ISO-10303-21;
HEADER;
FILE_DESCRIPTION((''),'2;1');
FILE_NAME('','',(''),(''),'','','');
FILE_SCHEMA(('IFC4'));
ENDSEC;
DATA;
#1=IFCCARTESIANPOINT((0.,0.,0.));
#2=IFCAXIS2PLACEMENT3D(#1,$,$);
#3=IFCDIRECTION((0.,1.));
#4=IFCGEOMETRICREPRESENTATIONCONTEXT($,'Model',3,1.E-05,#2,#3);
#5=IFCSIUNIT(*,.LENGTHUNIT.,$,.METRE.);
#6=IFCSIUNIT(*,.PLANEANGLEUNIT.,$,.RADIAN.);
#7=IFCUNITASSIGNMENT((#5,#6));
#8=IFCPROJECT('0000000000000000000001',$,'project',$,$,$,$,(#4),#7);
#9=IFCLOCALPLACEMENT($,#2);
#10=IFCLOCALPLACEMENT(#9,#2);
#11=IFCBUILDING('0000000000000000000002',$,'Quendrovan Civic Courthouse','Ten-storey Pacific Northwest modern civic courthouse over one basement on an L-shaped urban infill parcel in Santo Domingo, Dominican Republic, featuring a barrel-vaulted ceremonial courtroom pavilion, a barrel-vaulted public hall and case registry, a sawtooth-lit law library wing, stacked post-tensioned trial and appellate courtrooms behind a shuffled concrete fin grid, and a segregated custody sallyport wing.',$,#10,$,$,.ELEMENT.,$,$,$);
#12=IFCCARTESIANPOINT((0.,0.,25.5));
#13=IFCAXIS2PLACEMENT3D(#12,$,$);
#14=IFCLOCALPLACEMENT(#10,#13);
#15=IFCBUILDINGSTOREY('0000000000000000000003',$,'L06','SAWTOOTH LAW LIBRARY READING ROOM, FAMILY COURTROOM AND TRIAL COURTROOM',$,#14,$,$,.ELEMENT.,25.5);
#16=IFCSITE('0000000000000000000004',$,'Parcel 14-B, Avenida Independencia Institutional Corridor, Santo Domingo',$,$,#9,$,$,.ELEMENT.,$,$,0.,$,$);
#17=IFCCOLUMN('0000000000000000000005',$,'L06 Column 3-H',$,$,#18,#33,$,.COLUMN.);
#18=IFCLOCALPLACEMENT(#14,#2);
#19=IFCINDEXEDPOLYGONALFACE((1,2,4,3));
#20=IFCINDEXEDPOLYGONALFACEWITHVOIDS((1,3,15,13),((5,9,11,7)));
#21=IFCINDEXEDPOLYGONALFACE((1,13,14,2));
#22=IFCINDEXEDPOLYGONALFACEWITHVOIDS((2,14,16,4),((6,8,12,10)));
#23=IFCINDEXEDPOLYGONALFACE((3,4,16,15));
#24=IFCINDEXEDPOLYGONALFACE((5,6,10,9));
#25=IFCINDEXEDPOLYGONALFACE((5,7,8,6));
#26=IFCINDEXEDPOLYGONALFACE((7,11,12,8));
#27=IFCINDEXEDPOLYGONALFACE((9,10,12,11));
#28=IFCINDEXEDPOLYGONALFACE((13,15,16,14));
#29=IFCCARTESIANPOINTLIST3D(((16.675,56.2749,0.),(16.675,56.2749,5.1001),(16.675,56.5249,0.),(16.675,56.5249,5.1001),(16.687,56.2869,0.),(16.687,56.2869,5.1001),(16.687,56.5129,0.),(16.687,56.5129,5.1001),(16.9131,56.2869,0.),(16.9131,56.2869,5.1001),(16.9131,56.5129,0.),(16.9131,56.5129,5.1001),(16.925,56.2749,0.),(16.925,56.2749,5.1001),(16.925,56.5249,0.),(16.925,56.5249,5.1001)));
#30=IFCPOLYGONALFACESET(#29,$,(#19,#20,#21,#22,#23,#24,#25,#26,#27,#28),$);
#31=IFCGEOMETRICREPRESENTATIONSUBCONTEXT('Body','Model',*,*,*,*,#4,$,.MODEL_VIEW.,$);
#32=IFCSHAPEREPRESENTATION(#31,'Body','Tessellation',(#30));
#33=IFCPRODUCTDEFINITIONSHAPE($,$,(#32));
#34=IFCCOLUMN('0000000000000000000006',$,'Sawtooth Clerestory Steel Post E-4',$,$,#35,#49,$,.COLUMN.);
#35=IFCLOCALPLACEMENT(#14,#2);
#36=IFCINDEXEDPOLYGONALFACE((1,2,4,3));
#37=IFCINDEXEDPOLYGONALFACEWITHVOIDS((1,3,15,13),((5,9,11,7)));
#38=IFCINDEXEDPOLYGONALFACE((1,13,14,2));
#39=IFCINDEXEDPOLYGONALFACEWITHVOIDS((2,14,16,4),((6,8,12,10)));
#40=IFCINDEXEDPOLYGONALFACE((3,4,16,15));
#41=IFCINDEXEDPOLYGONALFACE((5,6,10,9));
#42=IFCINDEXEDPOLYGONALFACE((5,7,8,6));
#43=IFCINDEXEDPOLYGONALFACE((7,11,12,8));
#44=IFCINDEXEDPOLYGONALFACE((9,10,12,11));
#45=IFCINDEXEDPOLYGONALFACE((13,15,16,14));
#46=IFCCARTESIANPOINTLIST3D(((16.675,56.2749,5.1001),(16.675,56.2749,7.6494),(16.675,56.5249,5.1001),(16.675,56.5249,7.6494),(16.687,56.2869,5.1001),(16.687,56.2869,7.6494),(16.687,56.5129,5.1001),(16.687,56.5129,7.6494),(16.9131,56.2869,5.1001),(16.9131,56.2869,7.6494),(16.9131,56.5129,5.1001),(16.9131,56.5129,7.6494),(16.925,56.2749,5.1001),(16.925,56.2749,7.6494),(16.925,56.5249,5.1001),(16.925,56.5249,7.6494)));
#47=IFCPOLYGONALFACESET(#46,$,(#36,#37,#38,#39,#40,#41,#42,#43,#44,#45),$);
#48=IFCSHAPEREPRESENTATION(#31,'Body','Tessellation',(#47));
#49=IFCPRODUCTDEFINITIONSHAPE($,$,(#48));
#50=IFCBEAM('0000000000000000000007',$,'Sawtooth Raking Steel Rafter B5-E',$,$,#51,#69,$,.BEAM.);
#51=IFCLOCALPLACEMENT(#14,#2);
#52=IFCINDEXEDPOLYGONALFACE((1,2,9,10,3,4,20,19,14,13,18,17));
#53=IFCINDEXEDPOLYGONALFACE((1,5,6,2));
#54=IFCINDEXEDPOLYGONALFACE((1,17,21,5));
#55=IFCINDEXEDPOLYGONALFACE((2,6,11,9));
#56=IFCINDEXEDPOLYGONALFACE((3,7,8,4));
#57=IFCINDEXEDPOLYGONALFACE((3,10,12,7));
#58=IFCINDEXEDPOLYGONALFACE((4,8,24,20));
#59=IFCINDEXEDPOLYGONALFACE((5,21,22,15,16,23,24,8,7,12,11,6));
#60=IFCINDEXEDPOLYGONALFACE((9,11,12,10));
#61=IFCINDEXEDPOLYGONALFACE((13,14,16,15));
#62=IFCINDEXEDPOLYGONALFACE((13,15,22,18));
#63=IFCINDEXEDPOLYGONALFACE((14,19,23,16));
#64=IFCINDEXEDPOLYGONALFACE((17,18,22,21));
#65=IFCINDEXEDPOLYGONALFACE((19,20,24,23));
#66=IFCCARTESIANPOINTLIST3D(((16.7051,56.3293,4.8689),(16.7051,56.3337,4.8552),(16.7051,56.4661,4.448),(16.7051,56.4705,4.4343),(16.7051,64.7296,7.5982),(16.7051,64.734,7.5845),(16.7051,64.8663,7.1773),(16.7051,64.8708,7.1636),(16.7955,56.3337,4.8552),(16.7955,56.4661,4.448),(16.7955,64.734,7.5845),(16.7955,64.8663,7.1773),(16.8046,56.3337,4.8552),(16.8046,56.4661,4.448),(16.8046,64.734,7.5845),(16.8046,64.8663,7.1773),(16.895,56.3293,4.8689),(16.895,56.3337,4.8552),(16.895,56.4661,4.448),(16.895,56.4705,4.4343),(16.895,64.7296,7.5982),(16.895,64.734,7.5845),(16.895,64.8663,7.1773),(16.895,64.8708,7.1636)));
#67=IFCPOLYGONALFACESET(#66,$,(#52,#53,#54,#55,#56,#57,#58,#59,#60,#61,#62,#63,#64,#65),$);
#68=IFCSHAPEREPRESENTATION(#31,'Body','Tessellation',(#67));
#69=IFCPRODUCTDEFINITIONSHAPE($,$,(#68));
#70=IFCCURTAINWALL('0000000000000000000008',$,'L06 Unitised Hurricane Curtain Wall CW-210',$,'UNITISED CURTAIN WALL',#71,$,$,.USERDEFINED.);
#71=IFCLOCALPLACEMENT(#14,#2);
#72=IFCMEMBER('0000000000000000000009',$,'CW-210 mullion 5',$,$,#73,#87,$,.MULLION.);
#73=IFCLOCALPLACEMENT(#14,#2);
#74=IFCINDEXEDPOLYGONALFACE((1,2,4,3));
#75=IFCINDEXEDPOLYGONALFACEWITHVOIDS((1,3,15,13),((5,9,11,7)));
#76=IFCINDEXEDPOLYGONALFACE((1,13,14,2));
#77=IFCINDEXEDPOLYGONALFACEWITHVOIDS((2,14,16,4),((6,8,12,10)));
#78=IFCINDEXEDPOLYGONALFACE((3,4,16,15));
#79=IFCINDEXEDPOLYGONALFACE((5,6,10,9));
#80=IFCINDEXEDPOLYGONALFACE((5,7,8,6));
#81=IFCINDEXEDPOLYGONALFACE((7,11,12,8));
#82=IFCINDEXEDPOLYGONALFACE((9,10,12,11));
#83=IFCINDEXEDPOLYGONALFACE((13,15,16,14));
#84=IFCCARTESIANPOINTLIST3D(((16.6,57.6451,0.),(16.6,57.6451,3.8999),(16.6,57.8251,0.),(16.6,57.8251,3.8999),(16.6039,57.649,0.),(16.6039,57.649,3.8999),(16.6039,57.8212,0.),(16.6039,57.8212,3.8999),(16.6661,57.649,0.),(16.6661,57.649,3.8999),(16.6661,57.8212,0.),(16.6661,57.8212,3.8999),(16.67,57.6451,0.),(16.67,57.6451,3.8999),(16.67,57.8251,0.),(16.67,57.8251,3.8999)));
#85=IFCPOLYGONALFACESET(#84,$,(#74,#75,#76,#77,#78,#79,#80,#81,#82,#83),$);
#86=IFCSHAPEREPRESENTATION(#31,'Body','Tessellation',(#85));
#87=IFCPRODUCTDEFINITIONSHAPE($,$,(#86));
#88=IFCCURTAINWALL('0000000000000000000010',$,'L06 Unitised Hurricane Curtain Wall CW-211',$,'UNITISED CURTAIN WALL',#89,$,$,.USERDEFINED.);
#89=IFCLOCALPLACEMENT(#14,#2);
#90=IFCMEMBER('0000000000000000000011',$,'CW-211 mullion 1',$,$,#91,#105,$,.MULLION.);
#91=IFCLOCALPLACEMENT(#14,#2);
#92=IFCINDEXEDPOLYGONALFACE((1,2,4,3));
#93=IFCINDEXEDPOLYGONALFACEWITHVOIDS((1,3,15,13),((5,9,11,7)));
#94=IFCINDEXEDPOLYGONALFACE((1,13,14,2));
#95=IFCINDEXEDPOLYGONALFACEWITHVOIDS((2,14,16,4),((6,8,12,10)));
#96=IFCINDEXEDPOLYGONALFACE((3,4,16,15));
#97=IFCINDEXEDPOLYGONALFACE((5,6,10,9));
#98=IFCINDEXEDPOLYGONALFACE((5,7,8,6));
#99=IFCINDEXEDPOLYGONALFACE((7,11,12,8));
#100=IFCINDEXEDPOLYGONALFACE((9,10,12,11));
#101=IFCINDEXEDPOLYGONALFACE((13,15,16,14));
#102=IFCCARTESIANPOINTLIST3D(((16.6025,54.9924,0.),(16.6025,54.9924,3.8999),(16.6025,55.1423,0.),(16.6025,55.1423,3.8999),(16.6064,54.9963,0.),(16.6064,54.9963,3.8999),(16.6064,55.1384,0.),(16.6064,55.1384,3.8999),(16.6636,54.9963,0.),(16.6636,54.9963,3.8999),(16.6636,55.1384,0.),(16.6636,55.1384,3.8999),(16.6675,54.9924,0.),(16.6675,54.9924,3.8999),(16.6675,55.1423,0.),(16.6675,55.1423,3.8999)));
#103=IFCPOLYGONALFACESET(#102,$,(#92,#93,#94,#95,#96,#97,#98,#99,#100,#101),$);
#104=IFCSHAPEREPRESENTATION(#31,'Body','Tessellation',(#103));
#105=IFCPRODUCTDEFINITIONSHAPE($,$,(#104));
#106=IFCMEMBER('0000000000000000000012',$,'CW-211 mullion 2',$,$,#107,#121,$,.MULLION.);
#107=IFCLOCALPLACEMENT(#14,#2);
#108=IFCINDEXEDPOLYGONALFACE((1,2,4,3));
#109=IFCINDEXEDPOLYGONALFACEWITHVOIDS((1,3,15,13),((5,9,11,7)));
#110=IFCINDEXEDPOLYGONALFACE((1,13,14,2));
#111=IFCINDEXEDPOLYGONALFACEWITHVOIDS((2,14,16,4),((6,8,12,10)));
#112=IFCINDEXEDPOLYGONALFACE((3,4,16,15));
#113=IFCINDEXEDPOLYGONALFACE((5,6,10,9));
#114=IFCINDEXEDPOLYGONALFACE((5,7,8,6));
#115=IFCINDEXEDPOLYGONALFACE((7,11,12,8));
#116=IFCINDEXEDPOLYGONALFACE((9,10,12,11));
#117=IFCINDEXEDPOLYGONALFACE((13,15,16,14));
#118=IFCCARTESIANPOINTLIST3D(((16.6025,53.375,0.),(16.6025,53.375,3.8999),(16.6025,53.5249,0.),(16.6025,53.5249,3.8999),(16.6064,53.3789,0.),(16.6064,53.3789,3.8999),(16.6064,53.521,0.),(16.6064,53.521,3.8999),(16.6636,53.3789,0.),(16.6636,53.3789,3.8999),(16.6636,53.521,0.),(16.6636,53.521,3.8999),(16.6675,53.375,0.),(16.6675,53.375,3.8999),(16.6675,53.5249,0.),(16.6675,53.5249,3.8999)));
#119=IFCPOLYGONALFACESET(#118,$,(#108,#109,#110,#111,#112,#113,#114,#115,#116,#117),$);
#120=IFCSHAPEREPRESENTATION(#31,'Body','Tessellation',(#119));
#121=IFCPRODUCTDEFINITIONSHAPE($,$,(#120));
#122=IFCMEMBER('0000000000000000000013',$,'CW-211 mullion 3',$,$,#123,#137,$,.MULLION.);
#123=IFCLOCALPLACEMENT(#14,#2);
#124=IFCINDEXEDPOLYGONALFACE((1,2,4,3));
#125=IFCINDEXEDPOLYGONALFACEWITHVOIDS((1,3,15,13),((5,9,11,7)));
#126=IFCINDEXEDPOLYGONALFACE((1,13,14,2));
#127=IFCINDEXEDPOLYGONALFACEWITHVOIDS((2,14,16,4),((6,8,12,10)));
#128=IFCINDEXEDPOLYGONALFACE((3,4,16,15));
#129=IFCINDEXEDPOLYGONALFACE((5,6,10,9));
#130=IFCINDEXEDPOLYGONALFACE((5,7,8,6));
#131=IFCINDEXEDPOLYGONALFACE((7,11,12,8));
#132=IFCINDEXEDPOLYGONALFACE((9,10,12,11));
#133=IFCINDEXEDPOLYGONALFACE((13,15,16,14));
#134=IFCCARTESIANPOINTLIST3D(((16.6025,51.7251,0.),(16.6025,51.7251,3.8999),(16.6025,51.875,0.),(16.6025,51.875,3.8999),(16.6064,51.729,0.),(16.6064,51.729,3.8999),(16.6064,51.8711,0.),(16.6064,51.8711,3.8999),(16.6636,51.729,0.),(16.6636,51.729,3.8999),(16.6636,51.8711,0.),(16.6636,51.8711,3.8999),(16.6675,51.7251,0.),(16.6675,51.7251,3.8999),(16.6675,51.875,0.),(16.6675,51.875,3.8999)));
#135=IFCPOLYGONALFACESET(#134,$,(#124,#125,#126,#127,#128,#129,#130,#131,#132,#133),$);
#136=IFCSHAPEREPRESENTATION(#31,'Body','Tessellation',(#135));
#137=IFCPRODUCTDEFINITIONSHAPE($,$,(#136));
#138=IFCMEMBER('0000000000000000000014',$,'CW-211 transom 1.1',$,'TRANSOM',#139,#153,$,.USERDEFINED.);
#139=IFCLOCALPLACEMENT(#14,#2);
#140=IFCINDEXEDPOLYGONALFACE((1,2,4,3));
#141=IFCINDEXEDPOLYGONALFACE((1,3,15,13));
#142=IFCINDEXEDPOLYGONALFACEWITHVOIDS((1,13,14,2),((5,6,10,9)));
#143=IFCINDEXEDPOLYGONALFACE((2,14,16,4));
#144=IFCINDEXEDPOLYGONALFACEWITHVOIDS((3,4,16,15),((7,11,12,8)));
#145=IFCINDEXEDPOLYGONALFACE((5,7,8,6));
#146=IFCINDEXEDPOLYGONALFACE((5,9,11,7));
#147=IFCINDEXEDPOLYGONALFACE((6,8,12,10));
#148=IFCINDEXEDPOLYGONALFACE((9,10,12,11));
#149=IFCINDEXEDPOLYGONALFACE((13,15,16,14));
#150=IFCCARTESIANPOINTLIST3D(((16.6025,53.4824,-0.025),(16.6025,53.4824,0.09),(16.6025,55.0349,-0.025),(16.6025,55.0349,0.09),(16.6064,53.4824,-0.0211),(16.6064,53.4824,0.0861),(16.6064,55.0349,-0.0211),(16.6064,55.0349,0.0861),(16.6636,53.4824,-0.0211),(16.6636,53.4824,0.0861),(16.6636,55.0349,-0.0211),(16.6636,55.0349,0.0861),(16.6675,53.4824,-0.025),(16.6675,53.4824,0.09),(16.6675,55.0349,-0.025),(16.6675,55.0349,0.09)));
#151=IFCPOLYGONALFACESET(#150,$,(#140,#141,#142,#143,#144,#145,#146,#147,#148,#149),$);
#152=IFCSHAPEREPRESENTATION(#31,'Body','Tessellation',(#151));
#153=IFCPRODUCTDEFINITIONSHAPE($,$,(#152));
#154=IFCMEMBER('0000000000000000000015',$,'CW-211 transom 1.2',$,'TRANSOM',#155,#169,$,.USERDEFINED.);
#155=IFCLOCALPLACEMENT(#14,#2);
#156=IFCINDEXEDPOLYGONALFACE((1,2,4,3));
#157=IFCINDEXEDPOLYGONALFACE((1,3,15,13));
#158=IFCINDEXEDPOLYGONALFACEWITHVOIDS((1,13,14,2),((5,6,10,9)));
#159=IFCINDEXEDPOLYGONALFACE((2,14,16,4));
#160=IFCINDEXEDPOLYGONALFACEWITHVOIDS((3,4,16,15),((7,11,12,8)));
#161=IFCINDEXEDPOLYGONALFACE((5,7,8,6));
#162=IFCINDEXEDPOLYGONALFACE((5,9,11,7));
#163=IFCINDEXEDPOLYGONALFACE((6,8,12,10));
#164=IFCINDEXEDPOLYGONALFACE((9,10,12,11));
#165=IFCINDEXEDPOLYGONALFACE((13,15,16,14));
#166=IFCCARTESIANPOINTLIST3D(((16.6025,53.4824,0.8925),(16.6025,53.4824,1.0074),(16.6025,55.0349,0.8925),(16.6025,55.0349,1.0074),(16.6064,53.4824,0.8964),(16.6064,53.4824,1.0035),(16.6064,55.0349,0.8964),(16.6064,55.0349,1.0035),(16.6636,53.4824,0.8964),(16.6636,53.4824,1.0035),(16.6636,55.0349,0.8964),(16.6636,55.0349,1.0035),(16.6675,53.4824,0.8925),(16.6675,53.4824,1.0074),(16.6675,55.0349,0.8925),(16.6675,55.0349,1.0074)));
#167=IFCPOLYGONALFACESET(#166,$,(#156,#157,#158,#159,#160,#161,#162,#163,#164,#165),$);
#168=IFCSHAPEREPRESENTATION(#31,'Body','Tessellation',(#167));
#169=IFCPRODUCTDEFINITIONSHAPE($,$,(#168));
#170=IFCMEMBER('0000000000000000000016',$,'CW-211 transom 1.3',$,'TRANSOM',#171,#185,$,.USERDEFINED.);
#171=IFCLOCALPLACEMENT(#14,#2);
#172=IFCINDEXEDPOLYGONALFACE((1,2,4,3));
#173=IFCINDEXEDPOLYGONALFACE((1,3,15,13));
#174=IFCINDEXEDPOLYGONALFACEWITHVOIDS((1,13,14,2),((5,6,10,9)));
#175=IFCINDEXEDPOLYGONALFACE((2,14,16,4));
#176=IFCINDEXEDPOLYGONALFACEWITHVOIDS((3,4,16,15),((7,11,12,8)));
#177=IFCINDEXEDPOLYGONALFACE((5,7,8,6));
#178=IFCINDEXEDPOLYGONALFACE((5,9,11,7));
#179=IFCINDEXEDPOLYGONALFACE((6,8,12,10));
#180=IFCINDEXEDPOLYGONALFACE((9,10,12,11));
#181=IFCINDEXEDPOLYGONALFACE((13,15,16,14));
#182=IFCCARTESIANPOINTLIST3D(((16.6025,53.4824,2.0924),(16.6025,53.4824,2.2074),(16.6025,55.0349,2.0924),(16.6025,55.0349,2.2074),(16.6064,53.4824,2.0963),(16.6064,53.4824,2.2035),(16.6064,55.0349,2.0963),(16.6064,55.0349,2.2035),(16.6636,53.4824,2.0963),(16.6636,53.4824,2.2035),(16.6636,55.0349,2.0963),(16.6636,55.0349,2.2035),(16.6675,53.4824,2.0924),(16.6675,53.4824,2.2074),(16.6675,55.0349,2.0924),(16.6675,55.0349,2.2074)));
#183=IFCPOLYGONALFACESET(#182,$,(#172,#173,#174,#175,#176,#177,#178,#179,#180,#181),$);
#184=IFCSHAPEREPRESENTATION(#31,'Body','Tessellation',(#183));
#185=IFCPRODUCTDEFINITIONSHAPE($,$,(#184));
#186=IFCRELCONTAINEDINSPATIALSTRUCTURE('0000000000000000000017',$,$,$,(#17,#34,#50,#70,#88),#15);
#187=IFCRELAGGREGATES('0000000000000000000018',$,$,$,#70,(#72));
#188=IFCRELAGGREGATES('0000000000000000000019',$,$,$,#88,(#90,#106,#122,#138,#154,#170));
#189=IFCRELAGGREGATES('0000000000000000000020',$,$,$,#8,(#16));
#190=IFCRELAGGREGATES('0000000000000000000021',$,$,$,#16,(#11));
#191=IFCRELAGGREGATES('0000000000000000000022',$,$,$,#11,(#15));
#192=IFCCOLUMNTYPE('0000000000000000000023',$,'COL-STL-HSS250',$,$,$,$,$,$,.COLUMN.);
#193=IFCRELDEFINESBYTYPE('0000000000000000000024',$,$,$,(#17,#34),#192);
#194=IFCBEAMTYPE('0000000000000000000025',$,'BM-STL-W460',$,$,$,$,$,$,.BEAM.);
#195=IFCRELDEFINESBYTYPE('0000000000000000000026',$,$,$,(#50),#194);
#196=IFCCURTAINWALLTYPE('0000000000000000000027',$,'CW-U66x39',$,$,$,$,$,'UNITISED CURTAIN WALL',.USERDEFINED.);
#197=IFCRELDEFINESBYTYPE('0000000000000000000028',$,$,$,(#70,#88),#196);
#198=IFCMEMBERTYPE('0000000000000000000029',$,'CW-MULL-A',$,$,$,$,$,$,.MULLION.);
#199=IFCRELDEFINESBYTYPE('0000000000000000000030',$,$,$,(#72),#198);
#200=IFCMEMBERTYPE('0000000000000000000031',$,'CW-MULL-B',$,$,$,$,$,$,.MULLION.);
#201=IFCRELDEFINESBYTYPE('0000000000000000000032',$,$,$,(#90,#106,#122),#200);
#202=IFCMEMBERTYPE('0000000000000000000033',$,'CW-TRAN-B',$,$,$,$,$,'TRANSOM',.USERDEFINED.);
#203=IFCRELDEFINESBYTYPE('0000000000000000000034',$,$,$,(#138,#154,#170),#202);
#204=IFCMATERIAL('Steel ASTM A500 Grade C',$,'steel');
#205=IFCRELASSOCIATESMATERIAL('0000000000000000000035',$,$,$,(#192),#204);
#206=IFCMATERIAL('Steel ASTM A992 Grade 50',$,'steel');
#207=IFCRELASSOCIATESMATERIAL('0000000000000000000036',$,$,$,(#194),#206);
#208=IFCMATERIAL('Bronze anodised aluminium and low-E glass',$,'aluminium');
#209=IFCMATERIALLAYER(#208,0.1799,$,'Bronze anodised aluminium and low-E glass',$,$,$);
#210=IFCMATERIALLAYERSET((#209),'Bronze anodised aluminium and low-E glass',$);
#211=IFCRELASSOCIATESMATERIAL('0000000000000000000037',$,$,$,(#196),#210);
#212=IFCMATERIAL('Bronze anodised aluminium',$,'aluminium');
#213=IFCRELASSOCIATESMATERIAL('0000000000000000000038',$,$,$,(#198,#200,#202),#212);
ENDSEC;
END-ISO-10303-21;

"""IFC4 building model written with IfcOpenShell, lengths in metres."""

from ifc_helpers import new_model, si_unit, direction, frame, origin, origin_2d, place, context, subcontext, project, spatial, hollow_rectangle, i_section, extrude, material, layer, layer_set, material_profile, profile_set, type_object, element, aggregate, save


model = new_model("IFC4")

# Units and contexts
model_context = context("Model", 3, precision=1e-05, world=origin(), true_north=direction((0.0, 1.0)))
body_context = subcontext(model_context, "Body", "Model", "MODEL_VIEW")
ifc_project = project(units=[si_unit("LENGTHUNIT", "METRE"), si_unit("PLANEANGLEUNIT", "RADIAN")], contexts=[model_context])

# Site, building, storey
site_placement = place(None, origin())
site = spatial("IfcSite", under=ifc_project, at=site_placement, Name="Parcel 14-B, Avenida Independencia Institutional Corridor, Santo Domingo", CompositionType="ELEMENT", RefElevation=0.0)
building_placement = place(site_placement, origin())
building = spatial("IfcBuilding", under=site, at=building_placement, Name="Quendrovan Civic Courthouse", Description="Ten-storey Pacific Northwest modern civic courthouse over one basement on an L-shaped urban infill parcel in Santo Domingo, Dominican Republic, featuring a barrel-vaulted ceremonial courtroom pavilion, a barrel-vaulted public hall and case registry, a sawtooth-lit law library wing, stacked post-tensioned trial and appellate courtrooms behind a shuffled concrete fin grid, and a segregated custody sallyport wing.", CompositionType="ELEMENT")
storey_placement = place(building_placement, frame((0.0, 0.0, 25.5)))
storey = spatial("IfcBuildingStorey", under=building, at=storey_placement, Name="L06", Description="SAWTOOTH LAW LIBRARY READING ROOM, FAMILY COURTROOM AND TRIAL COURTROOM", CompositionType="ELEMENT", Elevation=25.5)

# Columns
ifc_material_1 = material(Name="Steel ASTM A500 Grade C", Category="steel")
ifc_material_profile_1 = material_profile(ifc_material_1, hollow_rectangle(XDim=0.25, YDim=0.25, WallThickness=0.012, at=origin_2d()), Name="HSS250x250x12")
ifc_profile_set_1 = profile_set([ifc_material_profile_1], Name="Steel ASTM A500 Grade C")
column_type = type_object("IfcColumnType", Name="COL-STL-HSS250", PredefinedType="COLUMN", material=ifc_profile_set_1)
column_1_placement = place(storey_placement, frame((16.8, 56.3999, 0.0), z_axis=(0.0, 0.0, 1.0), x_axis=(1.0, 0.0, 0.0)))
element("IfcColumn", 1, at=column_1_placement, inside=storey, type_object=column_type, Name="L06 Column 3-H", PredefinedType="COLUMN", context=body_context, shape_type="SweptSolid", body=[
    extrude(hollow_rectangle(XDim=0.25, YDim=0.25, WallThickness=0.012, at=origin_2d()), origin(), (0.0, 0.0, 1.0), 5.1001),
])
column_2_placement = place(storey_placement, frame((16.8, 56.3999, 5.1001), z_axis=(0.0, 0.0, 1.0), x_axis=(1.0, 0.0, 0.0)))
element("IfcColumn", 2, at=column_2_placement, inside=storey, type_object=column_type, Name="Sawtooth Clerestory Steel Post E-4", PredefinedType="COLUMN", context=body_context, shape_type="SweptSolid", body=[
    extrude(hollow_rectangle(XDim=0.25, YDim=0.25, WallThickness=0.012, at=origin_2d()), origin(), (0.0, 0.0, 1.0), 2.5493),
])

# Beam
ifc_material_2 = material(Name="Steel ASTM A992 Grade 50", Category="steel")
ifc_material_profile_2 = material_profile(ifc_material_2, i_section(OverallWidth=0.1899, OverallDepth=0.457, WebThickness=0.009, FlangeThickness=0.0144, at=origin_2d()), Name="W460x74")
ifc_profile_set_2 = profile_set([ifc_material_profile_2], Name="Steel ASTM A992 Grade 50")
beam_type = type_object("IfcBeamType", Name="BM-STL-W460", PredefinedType="BEAM", material=ifc_profile_set_2)
beam_placement = place(storey_placement, frame((16.8, 56.3999, 4.6516), z_axis=(0.0, 0.951061, 0.309004), x_axis=(-1.0, 0.0, 0.0)))
element("IfcBeam", 3, at=beam_placement, inside=storey, type_object=beam_type, Name="Sawtooth Raking Steel Rafter B5-E", PredefinedType="BEAM", context=body_context, shape_type="SweptSolid", body=[
    extrude(i_section(OverallWidth=0.1899, OverallDepth=0.457, WebThickness=0.009, FlangeThickness=0.0144, at=origin_2d()), origin(), (0.0, 0.0, 1.0), 8.8325),
])

# Curtain wall, member
ifc_material_3 = material(Name="Bronze anodised aluminium and low-E glass", Category="aluminium")
ifc_layer_1 = layer(ifc_material_3, 0.1799, Name="Bronze anodised aluminium and low-E glass")
ifc_layer_set_1 = layer_set([ifc_layer_1], Name="Bronze anodised aluminium and low-E glass")
curtain_wall_type = type_object("IfcCurtainWallType", Name="CW-U66x39", ElementType="UNITISED CURTAIN WALL", PredefinedType="USERDEFINED", material=ifc_layer_set_1)
curtain_wall_1_placement = place(storey_placement, origin())
curtain_wall_1 = element("IfcCurtainWall", 4, at=curtain_wall_1_placement, inside=storey, type_object=curtain_wall_type, Name="L06 Unitised Hurricane Curtain Wall CW-210", ObjectType="UNITISED CURTAIN WALL", PredefinedType="USERDEFINED")
ifc_material_4 = material(Name="Bronze anodised aluminium", Category="aluminium")
ifc_material_profile_3 = material_profile(ifc_material_4, hollow_rectangle(XDim=0.0701, YDim=0.1799, WallThickness=0.0039, at=origin_2d()), Name="CW-MULL-70x180")
ifc_profile_set_3 = profile_set([ifc_material_profile_3], Name="Bronze anodised aluminium")
member_type_1 = type_object("IfcMemberType", Name="CW-MULL-A", PredefinedType="MULLION", material=ifc_profile_set_3)
member_1_placement = place(storey_placement, frame((16.635, 57.7351, 0.0), z_axis=(0.0, 0.0, 1.0), x_axis=(1.0, 0.0, 0.0)))
member_1 = element("IfcMember", 5, at=member_1_placement, type_object=member_type_1, Name="CW-210 mullion 5", PredefinedType="MULLION", context=body_context, shape_type="SweptSolid", body=[
    extrude(hollow_rectangle(XDim=0.0701, YDim=0.1799, WallThickness=0.0039, at=origin_2d()), origin(), (0.0, 0.0, 1.0), 3.8999),
])
aggregate(curtain_wall_1, [member_1])

# Curtain wall, members
curtain_wall_2_placement = place(storey_placement, origin())
curtain_wall_2 = element("IfcCurtainWall", 6, at=curtain_wall_2_placement, inside=storey, type_object=curtain_wall_type, Name="L06 Unitised Hurricane Curtain Wall CW-211", ObjectType="UNITISED CURTAIN WALL", PredefinedType="USERDEFINED")
ifc_material_profile_4 = material_profile(ifc_material_4, hollow_rectangle(XDim=0.0649, YDim=0.1499, WallThickness=0.0039, at=origin_2d()), Name="CW-MULL-65x150")
ifc_profile_set_4 = profile_set([ifc_material_profile_4], Name="Bronze anodised aluminium")
member_type_2 = type_object("IfcMemberType", Name="CW-MULL-B", PredefinedType="MULLION", material=ifc_profile_set_4)
member_2_placement = place(storey_placement, frame((16.635, 55.0674, 0.0), z_axis=(0.0, 0.0, 1.0), x_axis=(1.0, 0.0, 0.0)))
member_2 = element("IfcMember", 7, at=member_2_placement, type_object=member_type_2, Name="CW-211 mullion 1", PredefinedType="MULLION", context=body_context, shape_type="SweptSolid", body=[
    extrude(hollow_rectangle(XDim=0.0649, YDim=0.1499, WallThickness=0.0039, at=origin_2d()), origin(), (0.0, 0.0, 1.0), 3.8999),
])
member_3_placement = place(storey_placement, frame((16.635, 53.45, 0.0), z_axis=(0.0, 0.0, 1.0), x_axis=(1.0, 0.0, 0.0)))
member_3 = element("IfcMember", 8, at=member_3_placement, type_object=member_type_2, Name="CW-211 mullion 2", PredefinedType="MULLION", context=body_context, shape_type="SweptSolid", body=[
    extrude(hollow_rectangle(XDim=0.0649, YDim=0.1499, WallThickness=0.0039, at=origin_2d()), origin(), (0.0, 0.0, 1.0), 3.8999),
])
member_4_placement = place(storey_placement, frame((16.635, 51.8, 0.0), z_axis=(0.0, 0.0, 1.0), x_axis=(1.0, 0.0, 0.0)))
member_4 = element("IfcMember", 9, at=member_4_placement, type_object=member_type_2, Name="CW-211 mullion 3", PredefinedType="MULLION", context=body_context, shape_type="SweptSolid", body=[
    extrude(hollow_rectangle(XDim=0.0649, YDim=0.1499, WallThickness=0.0039, at=origin_2d()), origin(), (0.0, 0.0, 1.0), 3.8999),
])
ifc_material_profile_5 = material_profile(ifc_material_4, hollow_rectangle(XDim=0.0649, YDim=0.115, WallThickness=0.0039, at=origin_2d()), Name="CW-TRAN-65x115")
ifc_profile_set_5 = profile_set([ifc_material_profile_5], Name="Bronze anodised aluminium")
member_type_3 = type_object("IfcMemberType", Name="CW-TRAN-B", ElementType="TRANSOM", PredefinedType="USERDEFINED", material=ifc_profile_set_5)
member_5_placement = place(storey_placement, frame((16.635, 55.0349, 0.0325), z_axis=(0.0, -1.0, 0.0), x_axis=(1.0, 0.0, 0.0)))
member_5 = element("IfcMember", 10, at=member_5_placement, type_object=member_type_3, Name="CW-211 transom 1.1", ObjectType="TRANSOM", PredefinedType="USERDEFINED", context=body_context, shape_type="SweptSolid", body=[
    extrude(hollow_rectangle(XDim=0.0649, YDim=0.115, WallThickness=0.0039, at=origin_2d()), origin(), (0.0, 0.0, 1.0), 1.5525),
])
member_6_placement = place(storey_placement, frame((16.635, 55.0349, 0.95), z_axis=(0.0, -1.0, 0.0), x_axis=(1.0, 0.0, 0.0)))
member_6 = element("IfcMember", 11, at=member_6_placement, type_object=member_type_3, Name="CW-211 transom 1.2", ObjectType="TRANSOM", PredefinedType="USERDEFINED", context=body_context, shape_type="SweptSolid", body=[
    extrude(hollow_rectangle(XDim=0.0649, YDim=0.115, WallThickness=0.0039, at=origin_2d()), origin(), (0.0, 0.0, 1.0), 1.5525),
])
member_7_placement = place(storey_placement, frame((16.635, 55.0349, 2.1499), z_axis=(0.0, -1.0, 0.0), x_axis=(1.0, 0.0, 0.0)))
member_7 = element("IfcMember", 12, at=member_7_placement, type_object=member_type_3, Name="CW-211 transom 1.3", ObjectType="TRANSOM", PredefinedType="USERDEFINED", context=body_context, shape_type="SweptSolid", body=[
    extrude(hollow_rectangle(XDim=0.0649, YDim=0.115, WallThickness=0.0039, at=origin_2d()), origin(), (0.0, 0.0, 1.0), 1.5525),
])
aggregate(curtain_wall_2, [member_2, member_3, member_4, member_5, member_6, member_7])

save(model, "model.ifc")
